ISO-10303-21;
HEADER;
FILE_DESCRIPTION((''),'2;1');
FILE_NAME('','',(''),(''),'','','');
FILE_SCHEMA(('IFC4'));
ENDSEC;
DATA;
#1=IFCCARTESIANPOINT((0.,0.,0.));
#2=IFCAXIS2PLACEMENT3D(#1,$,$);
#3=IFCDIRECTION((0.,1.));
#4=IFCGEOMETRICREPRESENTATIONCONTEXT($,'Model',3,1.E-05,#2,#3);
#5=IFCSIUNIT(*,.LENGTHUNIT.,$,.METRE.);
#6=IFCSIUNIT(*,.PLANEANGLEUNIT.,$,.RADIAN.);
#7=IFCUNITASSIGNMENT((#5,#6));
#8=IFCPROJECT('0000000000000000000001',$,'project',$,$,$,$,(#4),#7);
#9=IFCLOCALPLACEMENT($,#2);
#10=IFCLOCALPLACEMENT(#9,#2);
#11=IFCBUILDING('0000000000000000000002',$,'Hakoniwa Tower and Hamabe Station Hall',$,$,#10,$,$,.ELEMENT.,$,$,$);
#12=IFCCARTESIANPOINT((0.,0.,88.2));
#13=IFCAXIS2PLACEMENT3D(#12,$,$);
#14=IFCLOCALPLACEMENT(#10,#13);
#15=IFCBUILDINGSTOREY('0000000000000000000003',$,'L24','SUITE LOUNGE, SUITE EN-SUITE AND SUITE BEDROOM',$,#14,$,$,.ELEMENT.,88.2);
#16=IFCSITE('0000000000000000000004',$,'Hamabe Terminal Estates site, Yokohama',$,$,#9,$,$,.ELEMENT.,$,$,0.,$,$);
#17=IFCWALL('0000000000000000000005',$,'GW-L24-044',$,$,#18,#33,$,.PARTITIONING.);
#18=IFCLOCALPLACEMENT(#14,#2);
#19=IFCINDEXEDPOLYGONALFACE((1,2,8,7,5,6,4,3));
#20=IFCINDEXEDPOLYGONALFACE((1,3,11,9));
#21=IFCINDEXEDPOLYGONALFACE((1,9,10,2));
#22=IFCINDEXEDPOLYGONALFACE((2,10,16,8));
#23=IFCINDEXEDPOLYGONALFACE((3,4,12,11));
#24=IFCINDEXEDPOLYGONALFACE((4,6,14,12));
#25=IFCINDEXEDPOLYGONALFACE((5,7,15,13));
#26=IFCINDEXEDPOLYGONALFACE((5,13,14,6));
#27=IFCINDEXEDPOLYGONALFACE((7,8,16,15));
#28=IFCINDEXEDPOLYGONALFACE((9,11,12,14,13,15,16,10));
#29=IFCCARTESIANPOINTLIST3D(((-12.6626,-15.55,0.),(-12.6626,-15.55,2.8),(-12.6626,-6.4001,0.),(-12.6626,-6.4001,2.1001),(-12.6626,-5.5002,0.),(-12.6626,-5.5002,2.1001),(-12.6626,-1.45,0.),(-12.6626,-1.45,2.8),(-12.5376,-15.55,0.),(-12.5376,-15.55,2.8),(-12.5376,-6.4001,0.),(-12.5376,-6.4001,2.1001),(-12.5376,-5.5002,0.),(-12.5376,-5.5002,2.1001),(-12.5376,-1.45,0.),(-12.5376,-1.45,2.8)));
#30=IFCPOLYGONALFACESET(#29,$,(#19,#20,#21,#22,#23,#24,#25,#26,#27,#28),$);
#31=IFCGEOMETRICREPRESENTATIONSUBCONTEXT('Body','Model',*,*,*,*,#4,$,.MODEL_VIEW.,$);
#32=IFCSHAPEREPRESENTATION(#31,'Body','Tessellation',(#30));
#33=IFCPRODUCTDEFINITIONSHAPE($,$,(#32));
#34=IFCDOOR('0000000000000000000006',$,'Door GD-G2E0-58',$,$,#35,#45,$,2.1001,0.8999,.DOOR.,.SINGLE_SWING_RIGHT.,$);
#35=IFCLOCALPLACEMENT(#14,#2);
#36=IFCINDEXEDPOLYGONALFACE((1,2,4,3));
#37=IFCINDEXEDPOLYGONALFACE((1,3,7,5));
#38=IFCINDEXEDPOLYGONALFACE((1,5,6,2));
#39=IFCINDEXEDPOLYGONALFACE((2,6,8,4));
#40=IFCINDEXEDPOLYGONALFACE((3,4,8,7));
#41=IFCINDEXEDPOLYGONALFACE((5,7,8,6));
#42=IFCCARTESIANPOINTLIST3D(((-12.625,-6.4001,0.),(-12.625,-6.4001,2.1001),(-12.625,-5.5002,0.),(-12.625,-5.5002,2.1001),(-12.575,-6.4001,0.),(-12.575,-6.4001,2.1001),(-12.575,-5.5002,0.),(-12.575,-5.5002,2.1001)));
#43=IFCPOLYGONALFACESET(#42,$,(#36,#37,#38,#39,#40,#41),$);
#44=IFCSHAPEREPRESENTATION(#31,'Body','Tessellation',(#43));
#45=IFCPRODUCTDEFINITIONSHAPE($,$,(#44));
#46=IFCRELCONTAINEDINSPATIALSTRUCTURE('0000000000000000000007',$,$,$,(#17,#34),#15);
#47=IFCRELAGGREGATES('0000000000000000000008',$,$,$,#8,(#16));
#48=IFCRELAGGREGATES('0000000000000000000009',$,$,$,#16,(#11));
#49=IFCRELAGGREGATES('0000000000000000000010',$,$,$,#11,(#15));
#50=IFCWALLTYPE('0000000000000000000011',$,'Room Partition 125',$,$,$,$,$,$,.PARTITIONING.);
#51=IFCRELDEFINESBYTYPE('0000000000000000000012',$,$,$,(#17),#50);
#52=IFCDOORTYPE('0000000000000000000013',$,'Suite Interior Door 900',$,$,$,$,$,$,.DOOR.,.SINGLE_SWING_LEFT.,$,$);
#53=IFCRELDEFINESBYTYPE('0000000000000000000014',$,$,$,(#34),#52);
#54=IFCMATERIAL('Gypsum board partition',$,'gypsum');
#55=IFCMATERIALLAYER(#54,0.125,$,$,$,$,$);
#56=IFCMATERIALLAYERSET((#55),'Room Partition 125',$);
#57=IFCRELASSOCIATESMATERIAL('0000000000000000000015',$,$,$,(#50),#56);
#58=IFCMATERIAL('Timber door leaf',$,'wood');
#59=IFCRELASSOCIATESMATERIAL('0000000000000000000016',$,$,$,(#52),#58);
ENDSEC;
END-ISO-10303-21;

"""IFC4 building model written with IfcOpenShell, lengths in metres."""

from ifc_helpers import new_model, si_unit, direction, frame, frame_2d, origin, place, context, subcontext, project, spatial, rectangle, extrude, material, layer, layer_set, type_object, element, fill, save


model = new_model("IFC4")

# Units and contexts
model_context = context("Model", 3, precision=1e-05, world=origin(), true_north=direction((0.0, 1.0)))
body_context = subcontext(model_context, "Body", "Model", "MODEL_VIEW")
ifc_project = project(units=[si_unit("LENGTHUNIT", "METRE"), si_unit("PLANEANGLEUNIT", "RADIAN")], contexts=[model_context])

# Site, building, storey
site_placement = place(None, origin())
site = spatial("IfcSite", under=ifc_project, at=site_placement, Name="Hamabe Terminal Estates site, Yokohama", CompositionType="ELEMENT", RefElevation=0.0)
building_placement = place(site_placement, origin())
building = spatial("IfcBuilding", under=site, at=building_placement, Name="Hakoniwa Tower and Hamabe Station Hall", CompositionType="ELEMENT")
storey_placement = place(building_placement, frame((0.0, 0.0, 88.2)))
storey = spatial("IfcBuildingStorey", under=building, at=storey_placement, Name="L24", Description="SUITE LOUNGE, SUITE EN-SUITE AND SUITE BEDROOM", CompositionType="ELEMENT", Elevation=88.2)

# Wall, opening, door
ifc_material_1 = material(Name="Gypsum board partition", Category="gypsum")
ifc_layer_1 = layer(ifc_material_1, 0.125)
ifc_layer_set_1 = layer_set([ifc_layer_1], Name="Room Partition 125")
wall_type_1 = type_object("IfcWallType", Name="Room Partition 125", PredefinedType="PARTITIONING", material=ifc_layer_set_1)
wall_1_placement = place(storey_placement, frame((-12.6001, -15.55, 0.0), z_axis=(0.0, 0.0, 1.0), x_axis=(0.0, 1.0, 0.0)))
wall_1 = element("IfcWall", 1, at=wall_1_placement, inside=storey, type_object=wall_type_1, Name="GW-L24-044", PredefinedType="PARTITIONING", context=body_context, shape_type="SweptSolid", body=[
    extrude(rectangle(XDim=14.1001, YDim=0.125, at=frame_2d((7.05, 0.0))), origin(), (0.0, 0.0, 1.0), 2.8),
])
opening_1_placement = place(wall_1_placement, frame((9.1499, 0.0, 0.0)))
opening_1 = element("IfcOpeningElement", 2, at=opening_1_placement, cuts=wall_1, PredefinedType="OPENING", context=body_context, shape_type="SweptSolid", body=[
    extrude(rectangle(XDim=0.8999, YDim=2.1001, at=frame_2d((0.45, 1.05))), frame((0.0, 0.0725, 0.0), z_axis=(0.0, -1.0, 0.0), x_axis=(1.0, 0.0, 0.0)), (0.0, 0.0, 1.0), 0.145),
])
ifc_material_2 = material(Name="Timber door leaf", Category="wood")
door_type_1 = type_object("IfcDoorType", Name="Suite Interior Door 900", OperationType="SINGLE_SWING_LEFT", PredefinedType="DOOR", material=ifc_material_2)
door_1_placement = place(opening_1_placement, origin())
door_1 = element("IfcDoor", 3, at=door_1_placement, inside=storey, type_object=door_type_1, Name="Door GD-G2E0-58", OperationType="SINGLE_SWING_RIGHT", OverallHeight=2.1001, OverallWidth=0.8999, PredefinedType="DOOR", context=body_context, shape_type="SweptSolid", body=[
    extrude(rectangle(XDim=0.8999, YDim=2.1001, at=frame_2d((0.45, 1.05))), frame((0.0, 0.0249, 0.0), z_axis=(0.0, -1.0, 0.0), x_axis=(1.0, 0.0, 0.0)), (0.0, 0.0, 1.0), 0.05),
])
fill(opening_1, door_1)

save(model, "model.ifc")
